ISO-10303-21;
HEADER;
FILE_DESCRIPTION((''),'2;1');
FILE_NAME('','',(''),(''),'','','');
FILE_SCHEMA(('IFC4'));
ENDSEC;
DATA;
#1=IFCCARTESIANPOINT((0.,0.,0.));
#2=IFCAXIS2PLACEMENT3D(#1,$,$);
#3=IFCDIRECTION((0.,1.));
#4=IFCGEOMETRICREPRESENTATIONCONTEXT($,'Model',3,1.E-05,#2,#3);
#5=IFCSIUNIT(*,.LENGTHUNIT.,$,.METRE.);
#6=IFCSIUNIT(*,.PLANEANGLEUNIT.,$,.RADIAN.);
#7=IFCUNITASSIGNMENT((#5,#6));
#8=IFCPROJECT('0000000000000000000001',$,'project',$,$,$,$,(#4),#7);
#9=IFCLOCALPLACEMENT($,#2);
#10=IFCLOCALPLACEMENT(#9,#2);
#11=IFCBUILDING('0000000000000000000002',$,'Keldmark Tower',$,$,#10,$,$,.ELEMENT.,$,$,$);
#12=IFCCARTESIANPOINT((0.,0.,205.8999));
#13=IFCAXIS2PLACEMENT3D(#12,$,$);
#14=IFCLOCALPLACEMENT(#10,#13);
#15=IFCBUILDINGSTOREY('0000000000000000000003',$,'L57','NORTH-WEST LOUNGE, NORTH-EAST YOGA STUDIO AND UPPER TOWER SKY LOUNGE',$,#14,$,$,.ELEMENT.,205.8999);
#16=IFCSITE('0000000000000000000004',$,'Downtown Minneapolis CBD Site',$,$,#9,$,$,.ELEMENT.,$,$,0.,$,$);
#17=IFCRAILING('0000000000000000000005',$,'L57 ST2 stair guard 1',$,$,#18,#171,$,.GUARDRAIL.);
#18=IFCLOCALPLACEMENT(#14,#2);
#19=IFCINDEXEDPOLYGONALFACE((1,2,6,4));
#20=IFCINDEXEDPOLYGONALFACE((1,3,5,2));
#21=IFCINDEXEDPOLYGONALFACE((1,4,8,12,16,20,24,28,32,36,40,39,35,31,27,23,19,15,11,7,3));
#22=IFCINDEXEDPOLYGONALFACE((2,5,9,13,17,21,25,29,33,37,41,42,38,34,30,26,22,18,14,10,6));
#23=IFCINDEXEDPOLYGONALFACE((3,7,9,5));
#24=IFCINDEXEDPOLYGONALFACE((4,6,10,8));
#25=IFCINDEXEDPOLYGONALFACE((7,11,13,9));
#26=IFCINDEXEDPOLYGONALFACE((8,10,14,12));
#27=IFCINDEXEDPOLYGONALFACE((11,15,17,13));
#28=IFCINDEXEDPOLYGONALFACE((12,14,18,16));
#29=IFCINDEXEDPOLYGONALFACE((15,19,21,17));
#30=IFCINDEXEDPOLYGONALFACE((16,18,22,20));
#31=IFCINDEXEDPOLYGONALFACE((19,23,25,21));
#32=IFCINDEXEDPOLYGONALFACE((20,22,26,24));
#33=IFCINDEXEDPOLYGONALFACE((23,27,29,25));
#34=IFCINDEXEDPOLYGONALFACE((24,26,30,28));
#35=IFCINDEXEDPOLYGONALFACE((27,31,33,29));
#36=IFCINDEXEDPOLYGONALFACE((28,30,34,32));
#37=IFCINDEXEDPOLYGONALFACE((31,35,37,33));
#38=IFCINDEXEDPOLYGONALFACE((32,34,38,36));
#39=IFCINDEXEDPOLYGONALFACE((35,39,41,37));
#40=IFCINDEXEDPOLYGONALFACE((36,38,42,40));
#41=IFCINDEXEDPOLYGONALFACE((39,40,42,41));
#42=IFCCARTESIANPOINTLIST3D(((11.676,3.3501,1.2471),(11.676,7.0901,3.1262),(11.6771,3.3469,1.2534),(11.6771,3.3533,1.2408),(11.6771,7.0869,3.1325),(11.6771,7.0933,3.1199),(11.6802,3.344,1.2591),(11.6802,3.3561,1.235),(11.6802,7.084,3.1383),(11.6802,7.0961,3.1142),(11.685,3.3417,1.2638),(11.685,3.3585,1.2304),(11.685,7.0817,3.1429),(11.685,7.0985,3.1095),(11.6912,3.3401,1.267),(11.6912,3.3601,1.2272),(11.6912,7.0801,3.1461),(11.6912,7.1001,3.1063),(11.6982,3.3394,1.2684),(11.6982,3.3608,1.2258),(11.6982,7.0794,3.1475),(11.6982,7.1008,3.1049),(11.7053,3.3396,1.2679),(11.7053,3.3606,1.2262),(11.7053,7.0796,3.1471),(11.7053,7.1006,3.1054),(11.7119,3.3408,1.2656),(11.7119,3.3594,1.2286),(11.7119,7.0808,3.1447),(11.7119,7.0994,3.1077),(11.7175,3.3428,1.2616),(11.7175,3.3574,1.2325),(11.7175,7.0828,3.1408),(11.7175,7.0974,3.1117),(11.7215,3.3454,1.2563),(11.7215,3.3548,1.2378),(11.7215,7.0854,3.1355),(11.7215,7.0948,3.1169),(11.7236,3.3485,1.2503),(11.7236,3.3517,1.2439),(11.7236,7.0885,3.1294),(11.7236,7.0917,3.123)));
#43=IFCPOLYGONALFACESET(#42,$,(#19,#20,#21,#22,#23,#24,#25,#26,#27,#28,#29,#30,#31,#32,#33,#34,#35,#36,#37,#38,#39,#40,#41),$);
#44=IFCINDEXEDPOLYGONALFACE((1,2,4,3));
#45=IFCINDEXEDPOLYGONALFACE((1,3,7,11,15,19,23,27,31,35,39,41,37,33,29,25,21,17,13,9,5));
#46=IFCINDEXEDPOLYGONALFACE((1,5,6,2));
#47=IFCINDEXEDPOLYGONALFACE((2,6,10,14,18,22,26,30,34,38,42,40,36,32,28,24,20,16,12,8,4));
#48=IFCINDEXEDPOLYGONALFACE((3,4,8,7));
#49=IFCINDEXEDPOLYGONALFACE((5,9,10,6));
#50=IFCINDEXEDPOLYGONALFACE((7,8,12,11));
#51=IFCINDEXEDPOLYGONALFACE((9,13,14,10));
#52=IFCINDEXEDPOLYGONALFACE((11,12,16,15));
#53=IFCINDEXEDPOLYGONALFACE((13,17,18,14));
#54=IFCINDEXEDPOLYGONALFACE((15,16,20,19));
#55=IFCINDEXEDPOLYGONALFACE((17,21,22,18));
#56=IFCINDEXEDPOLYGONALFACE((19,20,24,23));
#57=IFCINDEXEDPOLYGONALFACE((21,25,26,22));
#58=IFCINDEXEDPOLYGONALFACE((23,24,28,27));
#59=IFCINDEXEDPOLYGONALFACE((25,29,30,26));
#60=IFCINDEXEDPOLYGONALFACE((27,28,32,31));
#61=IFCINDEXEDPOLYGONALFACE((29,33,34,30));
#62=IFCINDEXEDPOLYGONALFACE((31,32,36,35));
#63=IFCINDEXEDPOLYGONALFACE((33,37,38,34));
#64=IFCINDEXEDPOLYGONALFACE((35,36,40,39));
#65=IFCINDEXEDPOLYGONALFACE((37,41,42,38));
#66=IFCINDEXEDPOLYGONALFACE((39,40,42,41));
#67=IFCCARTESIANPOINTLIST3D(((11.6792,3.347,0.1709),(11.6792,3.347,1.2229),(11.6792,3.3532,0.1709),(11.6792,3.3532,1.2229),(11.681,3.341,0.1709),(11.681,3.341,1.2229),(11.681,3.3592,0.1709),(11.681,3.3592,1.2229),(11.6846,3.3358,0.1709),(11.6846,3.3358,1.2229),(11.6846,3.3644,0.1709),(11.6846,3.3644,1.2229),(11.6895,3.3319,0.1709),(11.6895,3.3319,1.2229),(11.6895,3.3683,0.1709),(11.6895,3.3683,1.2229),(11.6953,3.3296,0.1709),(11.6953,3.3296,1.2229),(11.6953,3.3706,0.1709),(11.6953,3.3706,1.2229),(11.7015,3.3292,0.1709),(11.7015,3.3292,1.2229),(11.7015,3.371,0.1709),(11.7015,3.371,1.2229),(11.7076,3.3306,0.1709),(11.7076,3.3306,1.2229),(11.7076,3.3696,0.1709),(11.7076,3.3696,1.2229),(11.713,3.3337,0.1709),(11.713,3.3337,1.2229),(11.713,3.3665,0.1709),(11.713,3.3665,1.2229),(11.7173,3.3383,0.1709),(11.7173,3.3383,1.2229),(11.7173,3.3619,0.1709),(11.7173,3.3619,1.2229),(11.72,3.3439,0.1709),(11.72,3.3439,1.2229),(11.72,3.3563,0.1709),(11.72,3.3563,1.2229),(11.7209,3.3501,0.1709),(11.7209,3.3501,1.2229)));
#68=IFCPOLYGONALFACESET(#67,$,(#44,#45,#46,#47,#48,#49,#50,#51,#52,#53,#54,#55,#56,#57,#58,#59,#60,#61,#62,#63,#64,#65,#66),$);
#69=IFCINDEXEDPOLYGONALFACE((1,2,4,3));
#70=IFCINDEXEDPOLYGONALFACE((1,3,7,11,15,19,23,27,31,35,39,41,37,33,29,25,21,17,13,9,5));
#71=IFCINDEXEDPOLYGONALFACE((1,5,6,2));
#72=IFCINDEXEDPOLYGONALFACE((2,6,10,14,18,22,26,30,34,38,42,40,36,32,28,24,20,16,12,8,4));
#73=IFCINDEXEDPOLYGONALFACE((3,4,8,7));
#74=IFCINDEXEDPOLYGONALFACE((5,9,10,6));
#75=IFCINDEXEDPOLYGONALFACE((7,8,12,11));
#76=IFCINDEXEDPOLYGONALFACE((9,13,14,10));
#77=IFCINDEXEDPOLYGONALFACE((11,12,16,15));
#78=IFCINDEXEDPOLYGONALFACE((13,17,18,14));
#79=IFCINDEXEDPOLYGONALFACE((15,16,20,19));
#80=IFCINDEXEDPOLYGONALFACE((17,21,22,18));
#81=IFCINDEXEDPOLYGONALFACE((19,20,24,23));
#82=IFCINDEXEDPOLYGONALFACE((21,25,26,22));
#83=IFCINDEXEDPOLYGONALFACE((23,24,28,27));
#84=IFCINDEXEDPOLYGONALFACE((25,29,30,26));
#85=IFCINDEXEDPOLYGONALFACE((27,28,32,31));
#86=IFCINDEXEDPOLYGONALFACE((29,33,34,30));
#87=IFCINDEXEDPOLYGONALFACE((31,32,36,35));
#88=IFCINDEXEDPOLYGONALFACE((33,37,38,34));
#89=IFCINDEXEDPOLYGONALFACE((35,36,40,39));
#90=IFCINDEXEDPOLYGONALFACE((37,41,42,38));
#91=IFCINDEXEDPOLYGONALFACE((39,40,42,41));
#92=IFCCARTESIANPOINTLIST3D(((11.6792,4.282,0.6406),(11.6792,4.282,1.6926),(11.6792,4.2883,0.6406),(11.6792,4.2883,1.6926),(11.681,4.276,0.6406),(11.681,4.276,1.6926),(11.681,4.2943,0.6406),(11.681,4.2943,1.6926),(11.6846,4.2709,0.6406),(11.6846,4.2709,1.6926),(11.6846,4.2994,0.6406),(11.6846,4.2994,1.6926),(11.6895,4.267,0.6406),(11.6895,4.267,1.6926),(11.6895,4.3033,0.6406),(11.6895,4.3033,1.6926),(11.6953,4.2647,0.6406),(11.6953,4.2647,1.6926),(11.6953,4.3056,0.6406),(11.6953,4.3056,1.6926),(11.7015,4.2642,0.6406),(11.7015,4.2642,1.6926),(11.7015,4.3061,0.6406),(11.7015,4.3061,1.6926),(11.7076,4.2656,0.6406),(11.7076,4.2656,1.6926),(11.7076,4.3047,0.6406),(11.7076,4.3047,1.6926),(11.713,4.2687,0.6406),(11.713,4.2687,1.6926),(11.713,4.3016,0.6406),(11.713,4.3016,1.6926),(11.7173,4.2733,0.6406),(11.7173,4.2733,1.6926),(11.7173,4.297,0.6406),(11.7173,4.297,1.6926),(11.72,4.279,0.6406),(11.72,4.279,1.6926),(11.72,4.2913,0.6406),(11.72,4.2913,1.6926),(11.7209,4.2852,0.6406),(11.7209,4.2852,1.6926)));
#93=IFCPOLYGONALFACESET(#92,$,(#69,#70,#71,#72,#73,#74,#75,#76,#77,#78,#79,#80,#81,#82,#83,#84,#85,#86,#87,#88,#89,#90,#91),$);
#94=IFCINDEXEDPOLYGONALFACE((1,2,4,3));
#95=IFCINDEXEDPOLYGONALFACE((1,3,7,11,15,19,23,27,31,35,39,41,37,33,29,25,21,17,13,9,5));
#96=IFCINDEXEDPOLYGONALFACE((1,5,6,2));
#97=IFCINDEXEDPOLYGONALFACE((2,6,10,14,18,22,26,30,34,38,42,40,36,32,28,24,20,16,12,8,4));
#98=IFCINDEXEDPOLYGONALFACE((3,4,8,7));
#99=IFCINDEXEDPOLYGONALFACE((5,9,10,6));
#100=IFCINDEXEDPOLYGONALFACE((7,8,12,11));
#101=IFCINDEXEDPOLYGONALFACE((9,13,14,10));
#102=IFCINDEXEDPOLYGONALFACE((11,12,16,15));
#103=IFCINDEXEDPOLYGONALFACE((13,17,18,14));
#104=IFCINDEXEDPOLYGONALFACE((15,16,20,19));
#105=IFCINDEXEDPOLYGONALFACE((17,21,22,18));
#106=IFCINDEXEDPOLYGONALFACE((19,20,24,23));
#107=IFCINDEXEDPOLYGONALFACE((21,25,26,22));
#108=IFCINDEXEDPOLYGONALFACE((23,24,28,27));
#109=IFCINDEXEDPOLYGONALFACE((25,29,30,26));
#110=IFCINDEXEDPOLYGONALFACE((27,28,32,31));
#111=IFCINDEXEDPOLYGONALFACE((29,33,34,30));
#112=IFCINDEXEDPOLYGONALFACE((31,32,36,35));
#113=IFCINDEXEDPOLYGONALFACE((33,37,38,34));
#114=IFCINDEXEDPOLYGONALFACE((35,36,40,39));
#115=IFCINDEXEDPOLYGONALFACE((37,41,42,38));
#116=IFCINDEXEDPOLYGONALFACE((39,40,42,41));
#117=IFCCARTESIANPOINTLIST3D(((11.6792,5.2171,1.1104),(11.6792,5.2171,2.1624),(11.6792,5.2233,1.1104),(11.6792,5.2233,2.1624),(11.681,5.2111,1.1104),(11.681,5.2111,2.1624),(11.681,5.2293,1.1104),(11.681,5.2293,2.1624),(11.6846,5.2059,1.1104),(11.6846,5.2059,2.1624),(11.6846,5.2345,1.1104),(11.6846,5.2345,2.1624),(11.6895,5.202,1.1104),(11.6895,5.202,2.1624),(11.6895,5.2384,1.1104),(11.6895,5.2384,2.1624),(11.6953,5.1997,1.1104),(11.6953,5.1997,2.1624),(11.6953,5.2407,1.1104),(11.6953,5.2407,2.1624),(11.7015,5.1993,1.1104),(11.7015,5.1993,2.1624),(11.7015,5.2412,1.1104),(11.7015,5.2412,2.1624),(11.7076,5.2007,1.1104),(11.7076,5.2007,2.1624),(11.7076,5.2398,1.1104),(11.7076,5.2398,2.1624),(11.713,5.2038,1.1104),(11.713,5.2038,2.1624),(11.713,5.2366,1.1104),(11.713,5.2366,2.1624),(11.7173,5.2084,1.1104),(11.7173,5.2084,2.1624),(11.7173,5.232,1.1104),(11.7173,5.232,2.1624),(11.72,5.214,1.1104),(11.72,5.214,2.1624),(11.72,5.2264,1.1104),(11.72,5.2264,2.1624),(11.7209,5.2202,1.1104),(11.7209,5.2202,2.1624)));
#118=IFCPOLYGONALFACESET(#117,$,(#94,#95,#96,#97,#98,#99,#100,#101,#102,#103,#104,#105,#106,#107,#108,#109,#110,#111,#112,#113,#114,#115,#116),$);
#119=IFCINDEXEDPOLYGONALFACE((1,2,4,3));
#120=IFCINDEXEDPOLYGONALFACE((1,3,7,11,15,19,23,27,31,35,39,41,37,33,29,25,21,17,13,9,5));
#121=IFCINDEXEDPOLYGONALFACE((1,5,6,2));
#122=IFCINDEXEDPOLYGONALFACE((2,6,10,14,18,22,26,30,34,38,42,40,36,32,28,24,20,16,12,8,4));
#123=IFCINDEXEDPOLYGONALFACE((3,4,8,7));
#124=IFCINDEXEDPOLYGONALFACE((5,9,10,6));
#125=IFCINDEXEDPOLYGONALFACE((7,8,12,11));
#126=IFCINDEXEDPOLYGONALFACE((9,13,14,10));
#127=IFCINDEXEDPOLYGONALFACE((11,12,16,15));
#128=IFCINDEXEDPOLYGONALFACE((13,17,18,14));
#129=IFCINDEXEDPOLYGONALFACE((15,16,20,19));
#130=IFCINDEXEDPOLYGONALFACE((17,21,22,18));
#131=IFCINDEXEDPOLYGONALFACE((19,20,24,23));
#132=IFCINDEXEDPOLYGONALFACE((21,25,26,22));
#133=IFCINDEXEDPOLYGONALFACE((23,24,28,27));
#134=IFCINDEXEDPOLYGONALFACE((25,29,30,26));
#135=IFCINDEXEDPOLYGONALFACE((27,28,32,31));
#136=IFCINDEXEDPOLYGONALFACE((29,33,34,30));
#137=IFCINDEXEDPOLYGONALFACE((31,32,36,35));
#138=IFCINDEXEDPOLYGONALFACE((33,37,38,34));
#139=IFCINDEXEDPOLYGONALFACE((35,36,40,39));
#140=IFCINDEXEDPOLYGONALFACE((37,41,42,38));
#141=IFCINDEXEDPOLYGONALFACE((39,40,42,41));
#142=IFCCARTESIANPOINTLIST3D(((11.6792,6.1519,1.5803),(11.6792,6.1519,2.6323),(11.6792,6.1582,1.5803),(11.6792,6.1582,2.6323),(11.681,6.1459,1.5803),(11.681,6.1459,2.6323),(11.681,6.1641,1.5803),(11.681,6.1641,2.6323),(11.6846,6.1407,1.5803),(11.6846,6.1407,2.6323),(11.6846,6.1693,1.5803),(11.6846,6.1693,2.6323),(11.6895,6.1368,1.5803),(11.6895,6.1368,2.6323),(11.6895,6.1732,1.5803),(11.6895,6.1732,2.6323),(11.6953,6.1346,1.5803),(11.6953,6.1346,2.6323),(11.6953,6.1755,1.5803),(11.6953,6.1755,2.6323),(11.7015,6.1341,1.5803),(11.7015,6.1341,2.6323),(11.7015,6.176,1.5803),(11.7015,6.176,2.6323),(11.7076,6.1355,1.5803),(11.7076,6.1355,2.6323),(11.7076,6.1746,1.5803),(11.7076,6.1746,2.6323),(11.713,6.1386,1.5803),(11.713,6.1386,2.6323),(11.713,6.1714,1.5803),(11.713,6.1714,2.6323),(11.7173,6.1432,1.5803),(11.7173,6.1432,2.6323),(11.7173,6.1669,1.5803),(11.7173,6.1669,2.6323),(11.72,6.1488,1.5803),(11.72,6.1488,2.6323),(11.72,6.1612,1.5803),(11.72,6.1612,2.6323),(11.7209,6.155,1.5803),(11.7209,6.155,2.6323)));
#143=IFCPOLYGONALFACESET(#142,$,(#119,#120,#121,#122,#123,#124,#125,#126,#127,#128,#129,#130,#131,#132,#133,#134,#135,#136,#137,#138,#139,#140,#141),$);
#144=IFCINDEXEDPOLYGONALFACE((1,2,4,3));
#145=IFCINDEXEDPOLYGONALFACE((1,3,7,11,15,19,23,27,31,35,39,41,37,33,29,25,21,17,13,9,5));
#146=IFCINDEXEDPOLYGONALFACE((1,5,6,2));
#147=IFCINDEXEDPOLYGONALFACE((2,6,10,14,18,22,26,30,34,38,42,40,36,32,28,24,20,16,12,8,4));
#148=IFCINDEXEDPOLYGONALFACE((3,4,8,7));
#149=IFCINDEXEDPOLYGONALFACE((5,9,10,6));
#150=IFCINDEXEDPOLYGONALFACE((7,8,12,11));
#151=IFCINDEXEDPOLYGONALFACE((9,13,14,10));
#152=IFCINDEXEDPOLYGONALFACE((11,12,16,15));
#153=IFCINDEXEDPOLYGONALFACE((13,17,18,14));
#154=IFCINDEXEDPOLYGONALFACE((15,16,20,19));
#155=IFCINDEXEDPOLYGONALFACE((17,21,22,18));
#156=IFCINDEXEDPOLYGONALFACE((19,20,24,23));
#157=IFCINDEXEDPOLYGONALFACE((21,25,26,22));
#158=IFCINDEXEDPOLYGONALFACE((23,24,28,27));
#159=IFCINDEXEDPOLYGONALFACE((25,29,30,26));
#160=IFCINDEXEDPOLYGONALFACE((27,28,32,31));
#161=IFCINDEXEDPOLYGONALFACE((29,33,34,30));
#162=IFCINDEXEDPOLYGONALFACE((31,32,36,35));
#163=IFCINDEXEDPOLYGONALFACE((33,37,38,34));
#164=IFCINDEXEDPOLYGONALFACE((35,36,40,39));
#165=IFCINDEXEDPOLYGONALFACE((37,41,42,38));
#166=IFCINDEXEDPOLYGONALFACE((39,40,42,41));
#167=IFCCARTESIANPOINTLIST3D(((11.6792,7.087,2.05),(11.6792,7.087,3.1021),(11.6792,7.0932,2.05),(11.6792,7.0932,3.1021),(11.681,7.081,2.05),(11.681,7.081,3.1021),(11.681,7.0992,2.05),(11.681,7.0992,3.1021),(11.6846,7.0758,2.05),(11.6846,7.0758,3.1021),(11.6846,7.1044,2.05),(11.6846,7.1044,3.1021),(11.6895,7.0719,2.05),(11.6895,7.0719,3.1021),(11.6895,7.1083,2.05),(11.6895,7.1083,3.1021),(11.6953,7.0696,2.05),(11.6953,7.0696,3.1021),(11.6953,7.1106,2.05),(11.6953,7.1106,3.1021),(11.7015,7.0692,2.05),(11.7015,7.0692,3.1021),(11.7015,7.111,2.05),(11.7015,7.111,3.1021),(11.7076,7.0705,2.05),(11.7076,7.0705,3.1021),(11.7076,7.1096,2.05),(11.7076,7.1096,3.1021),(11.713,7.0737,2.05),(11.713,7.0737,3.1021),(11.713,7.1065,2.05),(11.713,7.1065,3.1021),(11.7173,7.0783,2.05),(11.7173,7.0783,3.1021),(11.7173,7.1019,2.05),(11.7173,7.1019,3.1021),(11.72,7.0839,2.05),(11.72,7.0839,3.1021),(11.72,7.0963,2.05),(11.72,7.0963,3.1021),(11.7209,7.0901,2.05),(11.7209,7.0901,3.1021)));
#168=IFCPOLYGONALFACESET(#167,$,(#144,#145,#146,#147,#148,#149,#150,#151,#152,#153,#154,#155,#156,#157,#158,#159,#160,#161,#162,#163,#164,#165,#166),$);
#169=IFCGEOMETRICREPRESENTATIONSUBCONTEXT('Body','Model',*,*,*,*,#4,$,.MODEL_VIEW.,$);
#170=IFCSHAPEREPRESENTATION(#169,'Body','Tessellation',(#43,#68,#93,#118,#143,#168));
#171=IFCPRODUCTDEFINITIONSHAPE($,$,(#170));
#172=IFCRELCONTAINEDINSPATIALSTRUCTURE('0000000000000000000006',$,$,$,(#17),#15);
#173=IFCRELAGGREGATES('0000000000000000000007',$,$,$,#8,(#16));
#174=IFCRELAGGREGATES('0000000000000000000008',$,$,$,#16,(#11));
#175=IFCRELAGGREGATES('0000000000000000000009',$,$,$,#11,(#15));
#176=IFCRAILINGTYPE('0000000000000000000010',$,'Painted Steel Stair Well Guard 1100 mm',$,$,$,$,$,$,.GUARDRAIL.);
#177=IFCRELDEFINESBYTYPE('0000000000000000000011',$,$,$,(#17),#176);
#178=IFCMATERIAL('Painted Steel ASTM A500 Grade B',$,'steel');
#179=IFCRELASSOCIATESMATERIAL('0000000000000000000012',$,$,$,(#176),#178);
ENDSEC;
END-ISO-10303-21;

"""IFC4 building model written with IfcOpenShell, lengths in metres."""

from ifc_helpers import new_model, si_unit, direction, frame, origin, origin_2d, place, context, subcontext, project, spatial, circle, extrude, material, type_object, element, save


model = new_model("IFC4")

# Units and contexts
model_context = context("Model", 3, precision=1e-05, world=origin(), true_north=direction((0.0, 1.0)))
body_context = subcontext(model_context, "Body", "Model", "MODEL_VIEW")
ifc_project = project(units=[si_unit("LENGTHUNIT", "METRE"), si_unit("PLANEANGLEUNIT", "RADIAN")], contexts=[model_context])

# Site, building, storey
site_placement = place(None, origin())
site = spatial("IfcSite", under=ifc_project, at=site_placement, Name="Downtown Minneapolis CBD Site", CompositionType="ELEMENT", RefElevation=0.0)
building_placement = place(site_placement, origin())
building = spatial("IfcBuilding", under=site, at=building_placement, Name="Keldmark Tower", CompositionType="ELEMENT")
storey_placement = place(building_placement, frame((0.0, 0.0, 205.8999)))
storey = spatial("IfcBuildingStorey", under=building, at=storey_placement, Name="L57", Description="NORTH-WEST LOUNGE, NORTH-EAST YOGA STUDIO AND UPPER TOWER SKY LOUNGE", CompositionType="ELEMENT", Elevation=205.8999)

# Railing
ifc_material_1 = material(Name="Painted Steel ASTM A500 Grade B", Category="steel")
railing_type_1 = type_object("IfcRailingType", Name="Painted Steel Stair Well Guard 1100 mm", PredefinedType="GUARDRAIL", material=ifc_material_1)
railing_1_placement = place(storey_placement, frame((11.7, 3.3501, 0.1709)))
element("IfcRailing", 1, at=railing_1_placement, inside=storey, type_object=railing_type_1, Name="L57 ST2 stair guard 1", PredefinedType="GUARDRAIL", context=body_context, shape_type="SweptSolid", body=[
    extrude(circle(Radius=0.0239, at=origin_2d()), frame((0.0, 0.0, 1.0762), z_axis=(0.0, 0.893551, 0.448963), x_axis=(-1.0, 0.0, 0.0)), (0.0, 0.0, 1.0), 4.1855),
    extrude(circle(Radius=0.021, at=origin_2d()), origin(), (0.0, 0.0, 1.0), 1.052),
    extrude(circle(Radius=0.021, at=origin_2d()), frame((0.0, 0.9351, 0.4697)), (0.0, 0.0, 1.0), 1.052),
    extrude(circle(Radius=0.021, at=origin_2d()), frame((0.0, 1.8701, 0.9395)), (0.0, 0.0, 1.0), 1.052),
    extrude(circle(Radius=0.021, at=origin_2d()), frame((0.0, 2.8049, 1.4094)), (0.0, 0.0, 1.0), 1.052),
    extrude(circle(Radius=0.021, at=origin_2d()), frame((0.0, 3.74, 1.8792)), (0.0, 0.0, 1.0), 1.052),
])

save(model, "model.ifc")
